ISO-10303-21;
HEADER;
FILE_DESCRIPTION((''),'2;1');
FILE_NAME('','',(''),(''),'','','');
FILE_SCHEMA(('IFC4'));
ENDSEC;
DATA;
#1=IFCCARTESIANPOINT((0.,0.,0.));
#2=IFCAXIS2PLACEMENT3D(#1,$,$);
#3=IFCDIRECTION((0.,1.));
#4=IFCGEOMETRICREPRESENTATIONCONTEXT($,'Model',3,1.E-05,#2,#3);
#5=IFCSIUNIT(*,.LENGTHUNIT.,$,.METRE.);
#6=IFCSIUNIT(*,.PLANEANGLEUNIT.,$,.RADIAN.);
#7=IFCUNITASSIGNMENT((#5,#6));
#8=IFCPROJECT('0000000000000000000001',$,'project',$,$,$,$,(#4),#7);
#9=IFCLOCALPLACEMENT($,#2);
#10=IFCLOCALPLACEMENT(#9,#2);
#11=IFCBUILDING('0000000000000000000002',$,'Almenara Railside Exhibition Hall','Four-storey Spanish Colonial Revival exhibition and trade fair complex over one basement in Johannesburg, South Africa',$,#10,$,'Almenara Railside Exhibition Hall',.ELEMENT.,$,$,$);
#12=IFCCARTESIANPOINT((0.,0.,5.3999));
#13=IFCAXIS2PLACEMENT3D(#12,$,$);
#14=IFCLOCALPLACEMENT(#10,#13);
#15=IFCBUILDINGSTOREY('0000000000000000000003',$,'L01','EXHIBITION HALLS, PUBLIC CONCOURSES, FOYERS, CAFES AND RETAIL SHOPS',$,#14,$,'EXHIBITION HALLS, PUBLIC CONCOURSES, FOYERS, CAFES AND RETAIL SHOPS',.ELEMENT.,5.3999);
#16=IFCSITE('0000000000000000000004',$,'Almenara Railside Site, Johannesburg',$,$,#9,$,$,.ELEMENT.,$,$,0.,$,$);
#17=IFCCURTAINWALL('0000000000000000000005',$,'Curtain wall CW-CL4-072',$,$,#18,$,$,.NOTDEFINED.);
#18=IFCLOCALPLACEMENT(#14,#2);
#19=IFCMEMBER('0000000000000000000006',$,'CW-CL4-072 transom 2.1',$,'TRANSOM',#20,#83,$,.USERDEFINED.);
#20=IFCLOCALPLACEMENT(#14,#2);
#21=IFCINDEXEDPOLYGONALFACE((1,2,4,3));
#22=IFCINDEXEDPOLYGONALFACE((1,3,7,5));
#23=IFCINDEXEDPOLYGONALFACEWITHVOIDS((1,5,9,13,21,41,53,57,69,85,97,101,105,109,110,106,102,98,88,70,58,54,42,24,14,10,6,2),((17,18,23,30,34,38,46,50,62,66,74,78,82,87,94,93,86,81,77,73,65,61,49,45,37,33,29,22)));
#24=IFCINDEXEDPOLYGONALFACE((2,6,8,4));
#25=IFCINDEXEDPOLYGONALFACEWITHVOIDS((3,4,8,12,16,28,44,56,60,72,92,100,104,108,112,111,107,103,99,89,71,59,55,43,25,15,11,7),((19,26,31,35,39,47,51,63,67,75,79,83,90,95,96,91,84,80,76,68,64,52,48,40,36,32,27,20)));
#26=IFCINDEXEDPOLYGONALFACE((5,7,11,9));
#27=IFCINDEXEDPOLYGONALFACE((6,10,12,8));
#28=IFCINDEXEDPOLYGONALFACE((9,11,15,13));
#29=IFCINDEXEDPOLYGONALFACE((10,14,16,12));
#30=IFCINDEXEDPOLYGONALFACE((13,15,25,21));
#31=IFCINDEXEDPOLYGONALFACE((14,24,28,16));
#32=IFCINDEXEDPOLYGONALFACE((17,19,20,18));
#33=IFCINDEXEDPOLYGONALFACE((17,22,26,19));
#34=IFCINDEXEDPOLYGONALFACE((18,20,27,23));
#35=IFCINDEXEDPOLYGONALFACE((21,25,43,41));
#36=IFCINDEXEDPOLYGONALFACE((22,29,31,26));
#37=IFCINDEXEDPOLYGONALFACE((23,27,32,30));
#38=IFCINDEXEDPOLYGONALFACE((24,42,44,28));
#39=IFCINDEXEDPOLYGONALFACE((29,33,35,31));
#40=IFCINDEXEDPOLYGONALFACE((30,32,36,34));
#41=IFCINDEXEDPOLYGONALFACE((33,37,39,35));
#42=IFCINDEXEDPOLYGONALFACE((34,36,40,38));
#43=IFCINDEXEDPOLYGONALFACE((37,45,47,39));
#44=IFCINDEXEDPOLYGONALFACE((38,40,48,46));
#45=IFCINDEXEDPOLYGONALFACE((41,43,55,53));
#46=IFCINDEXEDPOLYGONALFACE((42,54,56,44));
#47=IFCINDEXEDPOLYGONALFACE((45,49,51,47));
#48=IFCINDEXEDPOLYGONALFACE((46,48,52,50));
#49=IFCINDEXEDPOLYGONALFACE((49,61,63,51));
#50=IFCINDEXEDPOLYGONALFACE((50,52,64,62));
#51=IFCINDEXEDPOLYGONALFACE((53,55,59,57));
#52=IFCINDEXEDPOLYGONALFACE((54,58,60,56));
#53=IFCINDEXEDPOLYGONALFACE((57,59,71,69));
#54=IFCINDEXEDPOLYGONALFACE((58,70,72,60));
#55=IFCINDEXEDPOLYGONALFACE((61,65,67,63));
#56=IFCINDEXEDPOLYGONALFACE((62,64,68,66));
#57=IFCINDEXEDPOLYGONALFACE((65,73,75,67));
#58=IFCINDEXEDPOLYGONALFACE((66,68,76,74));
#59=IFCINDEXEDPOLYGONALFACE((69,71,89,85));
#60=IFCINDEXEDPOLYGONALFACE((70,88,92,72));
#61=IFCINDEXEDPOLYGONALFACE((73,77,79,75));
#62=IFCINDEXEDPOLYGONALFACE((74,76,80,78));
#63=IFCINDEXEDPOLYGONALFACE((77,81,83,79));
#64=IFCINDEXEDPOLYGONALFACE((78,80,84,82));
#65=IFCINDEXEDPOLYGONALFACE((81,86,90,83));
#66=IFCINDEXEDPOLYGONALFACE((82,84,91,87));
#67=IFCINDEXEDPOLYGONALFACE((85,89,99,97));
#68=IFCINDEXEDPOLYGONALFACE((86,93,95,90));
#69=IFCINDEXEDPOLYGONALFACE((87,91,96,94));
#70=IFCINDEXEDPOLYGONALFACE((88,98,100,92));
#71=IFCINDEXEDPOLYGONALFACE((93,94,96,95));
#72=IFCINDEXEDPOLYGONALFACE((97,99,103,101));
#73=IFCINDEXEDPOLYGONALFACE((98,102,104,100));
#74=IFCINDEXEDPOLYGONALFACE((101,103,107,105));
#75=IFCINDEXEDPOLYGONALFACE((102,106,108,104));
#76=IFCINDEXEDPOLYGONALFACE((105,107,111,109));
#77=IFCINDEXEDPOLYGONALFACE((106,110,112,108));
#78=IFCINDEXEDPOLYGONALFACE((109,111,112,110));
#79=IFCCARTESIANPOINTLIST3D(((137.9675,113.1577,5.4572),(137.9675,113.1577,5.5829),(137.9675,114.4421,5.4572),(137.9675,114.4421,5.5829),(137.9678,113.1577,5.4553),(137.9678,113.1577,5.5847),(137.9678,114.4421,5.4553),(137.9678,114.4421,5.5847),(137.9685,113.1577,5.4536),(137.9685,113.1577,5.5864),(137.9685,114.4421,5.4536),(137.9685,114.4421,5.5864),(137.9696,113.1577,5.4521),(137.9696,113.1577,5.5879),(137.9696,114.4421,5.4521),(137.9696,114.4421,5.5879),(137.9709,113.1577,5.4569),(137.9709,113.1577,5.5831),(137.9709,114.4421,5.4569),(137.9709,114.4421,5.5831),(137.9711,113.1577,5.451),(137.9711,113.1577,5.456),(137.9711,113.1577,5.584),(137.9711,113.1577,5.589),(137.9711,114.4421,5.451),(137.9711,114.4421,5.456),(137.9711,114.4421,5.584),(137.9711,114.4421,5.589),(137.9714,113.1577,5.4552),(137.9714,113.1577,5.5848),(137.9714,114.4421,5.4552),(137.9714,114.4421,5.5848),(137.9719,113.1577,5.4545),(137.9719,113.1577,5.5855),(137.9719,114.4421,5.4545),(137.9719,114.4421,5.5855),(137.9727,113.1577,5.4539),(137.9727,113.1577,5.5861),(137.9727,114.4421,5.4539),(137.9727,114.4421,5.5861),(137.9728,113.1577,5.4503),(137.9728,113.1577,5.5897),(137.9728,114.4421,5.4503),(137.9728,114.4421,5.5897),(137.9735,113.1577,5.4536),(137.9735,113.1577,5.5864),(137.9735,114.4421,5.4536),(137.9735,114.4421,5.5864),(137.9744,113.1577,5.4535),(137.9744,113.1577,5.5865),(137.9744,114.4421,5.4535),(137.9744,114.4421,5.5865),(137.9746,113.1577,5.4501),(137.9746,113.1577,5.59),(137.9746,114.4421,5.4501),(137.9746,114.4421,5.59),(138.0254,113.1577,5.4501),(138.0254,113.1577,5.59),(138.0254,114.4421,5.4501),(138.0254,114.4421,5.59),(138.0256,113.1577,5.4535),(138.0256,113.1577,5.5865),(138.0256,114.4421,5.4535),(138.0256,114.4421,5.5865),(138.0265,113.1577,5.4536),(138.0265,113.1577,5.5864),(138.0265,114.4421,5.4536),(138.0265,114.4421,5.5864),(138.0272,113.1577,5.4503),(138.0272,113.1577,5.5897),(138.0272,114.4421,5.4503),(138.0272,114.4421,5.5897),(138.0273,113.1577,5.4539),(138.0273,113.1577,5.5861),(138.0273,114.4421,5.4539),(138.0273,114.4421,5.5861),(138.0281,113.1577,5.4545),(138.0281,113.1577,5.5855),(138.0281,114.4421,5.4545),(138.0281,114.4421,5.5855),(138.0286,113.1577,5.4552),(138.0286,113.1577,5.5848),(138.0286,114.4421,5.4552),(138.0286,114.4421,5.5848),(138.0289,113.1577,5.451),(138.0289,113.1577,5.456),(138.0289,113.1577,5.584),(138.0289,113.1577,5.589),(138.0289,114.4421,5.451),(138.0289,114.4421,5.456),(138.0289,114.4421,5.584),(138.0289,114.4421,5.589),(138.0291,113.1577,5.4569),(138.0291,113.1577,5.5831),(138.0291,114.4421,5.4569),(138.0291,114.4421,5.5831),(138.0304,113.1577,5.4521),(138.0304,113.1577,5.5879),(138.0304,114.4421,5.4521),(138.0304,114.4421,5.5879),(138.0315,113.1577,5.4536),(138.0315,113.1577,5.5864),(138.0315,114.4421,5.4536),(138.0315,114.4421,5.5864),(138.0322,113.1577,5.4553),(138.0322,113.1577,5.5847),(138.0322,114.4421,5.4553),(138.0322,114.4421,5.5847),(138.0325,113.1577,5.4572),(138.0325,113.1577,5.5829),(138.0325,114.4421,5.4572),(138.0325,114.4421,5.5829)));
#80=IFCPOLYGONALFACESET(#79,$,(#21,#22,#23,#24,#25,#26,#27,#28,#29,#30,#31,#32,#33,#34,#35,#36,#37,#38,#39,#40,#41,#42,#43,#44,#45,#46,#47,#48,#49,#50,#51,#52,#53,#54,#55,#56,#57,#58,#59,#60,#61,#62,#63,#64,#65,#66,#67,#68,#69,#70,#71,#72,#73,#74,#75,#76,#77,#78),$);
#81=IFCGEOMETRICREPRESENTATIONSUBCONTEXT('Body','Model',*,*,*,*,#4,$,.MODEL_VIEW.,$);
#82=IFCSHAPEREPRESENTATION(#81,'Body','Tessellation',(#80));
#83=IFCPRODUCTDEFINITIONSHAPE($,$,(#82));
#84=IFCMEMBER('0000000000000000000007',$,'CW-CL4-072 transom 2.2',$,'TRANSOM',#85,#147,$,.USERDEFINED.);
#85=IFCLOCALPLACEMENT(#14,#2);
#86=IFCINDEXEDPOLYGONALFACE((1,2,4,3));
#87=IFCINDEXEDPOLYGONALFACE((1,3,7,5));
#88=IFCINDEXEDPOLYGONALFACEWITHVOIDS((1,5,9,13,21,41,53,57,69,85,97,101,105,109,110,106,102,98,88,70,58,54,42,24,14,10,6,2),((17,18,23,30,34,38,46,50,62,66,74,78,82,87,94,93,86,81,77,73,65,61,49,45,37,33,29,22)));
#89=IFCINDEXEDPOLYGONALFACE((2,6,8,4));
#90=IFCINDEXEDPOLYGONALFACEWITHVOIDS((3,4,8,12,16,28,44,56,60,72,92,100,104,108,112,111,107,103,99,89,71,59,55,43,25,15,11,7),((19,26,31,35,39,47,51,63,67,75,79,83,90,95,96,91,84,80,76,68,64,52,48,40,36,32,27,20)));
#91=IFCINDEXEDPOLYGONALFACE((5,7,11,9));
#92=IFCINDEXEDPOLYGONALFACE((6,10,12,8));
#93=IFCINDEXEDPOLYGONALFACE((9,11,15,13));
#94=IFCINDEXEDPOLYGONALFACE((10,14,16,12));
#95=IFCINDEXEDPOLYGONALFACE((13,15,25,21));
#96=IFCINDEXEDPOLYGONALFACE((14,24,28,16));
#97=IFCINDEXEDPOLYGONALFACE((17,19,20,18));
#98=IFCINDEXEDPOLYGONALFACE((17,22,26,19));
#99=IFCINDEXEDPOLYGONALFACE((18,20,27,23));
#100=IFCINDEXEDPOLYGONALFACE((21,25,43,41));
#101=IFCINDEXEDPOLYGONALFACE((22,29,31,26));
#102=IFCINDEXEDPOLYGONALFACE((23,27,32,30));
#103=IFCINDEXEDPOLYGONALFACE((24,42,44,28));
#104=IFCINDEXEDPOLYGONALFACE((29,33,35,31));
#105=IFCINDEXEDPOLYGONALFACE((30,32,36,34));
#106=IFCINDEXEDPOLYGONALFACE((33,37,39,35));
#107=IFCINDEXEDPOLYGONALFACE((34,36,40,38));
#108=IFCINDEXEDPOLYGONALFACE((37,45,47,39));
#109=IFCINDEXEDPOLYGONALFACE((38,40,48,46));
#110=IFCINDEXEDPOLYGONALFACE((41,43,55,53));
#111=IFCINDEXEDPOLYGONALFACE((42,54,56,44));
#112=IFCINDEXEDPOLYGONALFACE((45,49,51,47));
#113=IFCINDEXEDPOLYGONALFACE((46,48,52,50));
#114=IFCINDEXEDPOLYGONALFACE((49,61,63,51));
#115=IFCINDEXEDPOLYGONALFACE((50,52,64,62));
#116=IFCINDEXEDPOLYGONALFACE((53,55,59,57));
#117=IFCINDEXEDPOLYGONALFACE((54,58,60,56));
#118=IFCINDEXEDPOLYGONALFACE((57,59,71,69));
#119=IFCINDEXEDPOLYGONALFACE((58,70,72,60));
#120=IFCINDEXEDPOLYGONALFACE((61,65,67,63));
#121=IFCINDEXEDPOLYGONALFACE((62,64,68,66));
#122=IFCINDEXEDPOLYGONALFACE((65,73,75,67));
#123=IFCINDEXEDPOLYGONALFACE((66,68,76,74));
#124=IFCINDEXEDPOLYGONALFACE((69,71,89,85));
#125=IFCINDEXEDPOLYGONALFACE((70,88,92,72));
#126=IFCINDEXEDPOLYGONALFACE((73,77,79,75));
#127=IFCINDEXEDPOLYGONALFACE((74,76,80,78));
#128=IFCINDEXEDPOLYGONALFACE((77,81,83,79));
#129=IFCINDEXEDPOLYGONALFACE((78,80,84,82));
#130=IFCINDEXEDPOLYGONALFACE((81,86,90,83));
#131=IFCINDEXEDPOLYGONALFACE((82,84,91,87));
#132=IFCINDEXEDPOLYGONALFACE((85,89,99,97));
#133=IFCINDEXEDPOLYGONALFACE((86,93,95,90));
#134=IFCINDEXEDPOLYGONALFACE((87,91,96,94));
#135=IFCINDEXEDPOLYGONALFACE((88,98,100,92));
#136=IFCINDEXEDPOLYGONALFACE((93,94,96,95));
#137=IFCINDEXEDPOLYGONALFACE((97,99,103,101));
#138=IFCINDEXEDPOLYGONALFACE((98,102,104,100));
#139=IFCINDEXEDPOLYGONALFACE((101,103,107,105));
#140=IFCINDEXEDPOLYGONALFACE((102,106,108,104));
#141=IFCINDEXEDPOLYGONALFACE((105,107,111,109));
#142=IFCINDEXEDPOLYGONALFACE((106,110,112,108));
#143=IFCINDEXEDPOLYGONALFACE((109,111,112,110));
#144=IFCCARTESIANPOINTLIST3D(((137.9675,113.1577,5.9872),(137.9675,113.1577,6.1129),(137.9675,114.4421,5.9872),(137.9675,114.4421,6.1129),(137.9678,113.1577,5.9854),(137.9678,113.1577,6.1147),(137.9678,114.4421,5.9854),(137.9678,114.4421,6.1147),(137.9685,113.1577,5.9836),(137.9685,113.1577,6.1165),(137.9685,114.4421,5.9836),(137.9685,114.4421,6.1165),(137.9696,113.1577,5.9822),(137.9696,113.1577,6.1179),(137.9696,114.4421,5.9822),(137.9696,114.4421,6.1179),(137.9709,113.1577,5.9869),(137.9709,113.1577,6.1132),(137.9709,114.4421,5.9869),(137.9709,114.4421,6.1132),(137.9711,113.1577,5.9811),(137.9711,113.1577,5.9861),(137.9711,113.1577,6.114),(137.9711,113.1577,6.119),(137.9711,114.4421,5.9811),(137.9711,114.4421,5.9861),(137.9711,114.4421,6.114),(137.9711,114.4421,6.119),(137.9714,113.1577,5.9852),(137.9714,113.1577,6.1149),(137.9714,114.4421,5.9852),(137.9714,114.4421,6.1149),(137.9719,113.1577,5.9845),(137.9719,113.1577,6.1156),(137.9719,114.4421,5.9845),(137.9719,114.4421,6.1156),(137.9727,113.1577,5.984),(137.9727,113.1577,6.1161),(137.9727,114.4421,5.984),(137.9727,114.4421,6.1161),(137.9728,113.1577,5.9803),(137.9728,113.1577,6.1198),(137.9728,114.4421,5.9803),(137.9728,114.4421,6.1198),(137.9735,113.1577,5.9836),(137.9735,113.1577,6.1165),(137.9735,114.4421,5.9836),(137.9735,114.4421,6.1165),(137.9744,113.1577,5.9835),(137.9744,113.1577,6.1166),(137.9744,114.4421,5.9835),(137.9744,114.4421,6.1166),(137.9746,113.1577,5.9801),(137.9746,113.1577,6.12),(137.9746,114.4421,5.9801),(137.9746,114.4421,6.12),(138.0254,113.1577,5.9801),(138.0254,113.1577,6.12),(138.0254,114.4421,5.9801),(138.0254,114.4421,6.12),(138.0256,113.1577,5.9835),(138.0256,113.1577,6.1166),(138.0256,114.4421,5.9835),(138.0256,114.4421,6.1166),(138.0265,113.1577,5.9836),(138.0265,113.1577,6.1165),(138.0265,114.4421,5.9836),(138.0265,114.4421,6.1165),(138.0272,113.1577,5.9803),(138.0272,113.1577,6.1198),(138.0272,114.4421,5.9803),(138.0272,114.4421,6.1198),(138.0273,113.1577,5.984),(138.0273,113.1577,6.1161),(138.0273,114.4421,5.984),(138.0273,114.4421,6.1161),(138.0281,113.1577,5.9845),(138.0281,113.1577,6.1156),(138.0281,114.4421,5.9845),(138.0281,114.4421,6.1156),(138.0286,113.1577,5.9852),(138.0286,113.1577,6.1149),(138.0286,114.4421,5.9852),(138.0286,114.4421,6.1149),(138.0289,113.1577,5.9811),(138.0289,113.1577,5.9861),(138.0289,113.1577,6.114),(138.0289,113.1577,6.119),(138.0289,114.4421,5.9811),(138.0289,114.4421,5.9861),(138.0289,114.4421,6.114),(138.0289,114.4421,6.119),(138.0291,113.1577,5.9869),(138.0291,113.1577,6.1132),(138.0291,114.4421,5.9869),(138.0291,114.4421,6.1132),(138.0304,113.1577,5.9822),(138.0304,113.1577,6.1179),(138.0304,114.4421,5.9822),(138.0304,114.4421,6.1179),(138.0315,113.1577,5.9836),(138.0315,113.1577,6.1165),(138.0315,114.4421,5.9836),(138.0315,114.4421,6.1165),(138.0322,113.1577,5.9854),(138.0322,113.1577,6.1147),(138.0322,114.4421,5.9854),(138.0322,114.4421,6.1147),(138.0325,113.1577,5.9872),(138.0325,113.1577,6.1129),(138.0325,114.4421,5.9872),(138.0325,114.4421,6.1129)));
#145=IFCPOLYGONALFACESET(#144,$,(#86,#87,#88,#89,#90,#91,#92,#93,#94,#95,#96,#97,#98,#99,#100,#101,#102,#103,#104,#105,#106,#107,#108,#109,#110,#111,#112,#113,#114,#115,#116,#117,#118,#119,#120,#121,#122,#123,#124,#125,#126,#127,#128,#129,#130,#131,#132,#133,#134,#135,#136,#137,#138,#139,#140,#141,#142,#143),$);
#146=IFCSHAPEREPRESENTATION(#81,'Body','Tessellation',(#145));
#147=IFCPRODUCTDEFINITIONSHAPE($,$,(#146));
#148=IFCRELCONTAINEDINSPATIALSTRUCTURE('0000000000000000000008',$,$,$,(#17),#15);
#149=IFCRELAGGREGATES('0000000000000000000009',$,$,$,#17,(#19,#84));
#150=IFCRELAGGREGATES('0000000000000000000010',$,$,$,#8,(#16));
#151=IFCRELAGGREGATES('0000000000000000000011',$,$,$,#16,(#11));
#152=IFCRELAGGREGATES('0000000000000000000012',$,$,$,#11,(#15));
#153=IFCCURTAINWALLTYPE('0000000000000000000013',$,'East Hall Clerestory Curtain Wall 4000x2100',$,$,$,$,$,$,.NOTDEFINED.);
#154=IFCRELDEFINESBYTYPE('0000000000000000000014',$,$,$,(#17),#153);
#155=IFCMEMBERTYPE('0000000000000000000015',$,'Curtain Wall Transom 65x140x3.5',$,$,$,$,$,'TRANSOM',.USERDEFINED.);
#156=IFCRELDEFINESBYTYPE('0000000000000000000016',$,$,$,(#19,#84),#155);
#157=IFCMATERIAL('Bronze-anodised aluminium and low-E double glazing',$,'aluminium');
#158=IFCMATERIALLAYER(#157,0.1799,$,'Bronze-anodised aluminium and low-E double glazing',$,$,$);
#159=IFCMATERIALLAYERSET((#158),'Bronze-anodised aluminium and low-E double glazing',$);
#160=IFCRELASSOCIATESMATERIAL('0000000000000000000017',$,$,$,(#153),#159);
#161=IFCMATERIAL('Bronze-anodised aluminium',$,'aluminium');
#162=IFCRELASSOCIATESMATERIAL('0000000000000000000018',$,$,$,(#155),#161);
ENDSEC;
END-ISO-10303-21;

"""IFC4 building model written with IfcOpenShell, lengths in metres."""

from ifc_helpers import new_model, si_unit, direction, frame, origin, origin_2d, place, context, subcontext, project, spatial, hollow_rectangle, extrude, material, layer, layer_set, material_profile, profile_set, type_object, element, aggregate, save


model = new_model("IFC4")

# Units and contexts
model_context = context("Model", 3, precision=1e-05, world=origin(), true_north=direction((0.0, 1.0)))
body_context = subcontext(model_context, "Body", "Model", "MODEL_VIEW")
ifc_project = project(units=[si_unit("LENGTHUNIT", "METRE"), si_unit("PLANEANGLEUNIT", "RADIAN")], contexts=[model_context])

# Site, building, storey
site_placement = place(None, origin())
site = spatial("IfcSite", under=ifc_project, at=site_placement, Name="Almenara Railside Site, Johannesburg", CompositionType="ELEMENT", RefElevation=0.0)
building_placement = place(site_placement, origin())
building = spatial("IfcBuilding", under=site, at=building_placement, Name="Almenara Railside Exhibition Hall", Description="Four-storey Spanish Colonial Revival exhibition and trade fair complex over one basement in Johannesburg, South Africa", LongName="Almenara Railside Exhibition Hall", CompositionType="ELEMENT")
storey_placement = place(building_placement, frame((0.0, 0.0, 5.3999)))
storey = spatial("IfcBuildingStorey", under=building, at=storey_placement, Name="L01", Description="EXHIBITION HALLS, PUBLIC CONCOURSES, FOYERS, CAFES AND RETAIL SHOPS", LongName="EXHIBITION HALLS, PUBLIC CONCOURSES, FOYERS, CAFES AND RETAIL SHOPS", CompositionType="ELEMENT", Elevation=5.3999)

# Curtain wall
ifc_material_1 = material(Name="Bronze-anodised aluminium and low-E double glazing", Category="aluminium")
ifc_layer_1 = layer(ifc_material_1, 0.1799, Name="Bronze-anodised aluminium and low-E double glazing")
ifc_layer_set_1 = layer_set([ifc_layer_1], Name="Bronze-anodised aluminium and low-E double glazing")
curtain_wall_type = type_object("IfcCurtainWallType", Name="East Hall Clerestory Curtain Wall 4000x2100", PredefinedType="NOTDEFINED", material=ifc_layer_set_1)
curtain_wall_1_placement = place(storey_placement, origin())
curtain_wall_1 = element("IfcCurtainWall", 1, at=curtain_wall_1_placement, inside=storey, type_object=curtain_wall_type, Name="Curtain wall CW-CL4-072", PredefinedType="NOTDEFINED")
ifc_material_2 = material(Name="Bronze-anodised aluminium", Category="aluminium")

# Members
ifc_material_profile_1 = material_profile(ifc_material_2, hollow_rectangle(XDim=0.0649, YDim=0.1399, WallThickness=0.0034, InnerFilletRadius=0.0034, OuterFilletRadius=0.0071, at=origin_2d()), Name="ALU-TRN 65x140x3.5")
ifc_profile_set_1 = profile_set([ifc_material_profile_1], Name="Bronze-anodised aluminium")
member_type_1 = type_object("IfcMemberType", Name="Curtain Wall Transom 65x140x3.5", ElementType="TRANSOM", PredefinedType="USERDEFINED", material=ifc_profile_set_1)
member_1_placement = place(storey_placement, frame((138.0, 113.1577, 5.52), z_axis=(0.0, 1.0, 0.0), x_axis=(-1.0, 0.0, 0.0)))
member_1 = element("IfcMember", 2, at=member_1_placement, type_object=member_type_1, Name="CW-CL4-072 transom 2.1", ObjectType="TRANSOM", PredefinedType="USERDEFINED", context=body_context, shape_type="SweptSolid", body=[
    extrude(hollow_rectangle(XDim=0.0649, YDim=0.1399, WallThickness=0.0034, InnerFilletRadius=0.0034, OuterFilletRadius=0.0071, at=origin_2d()), origin(), (0.0, 0.0, 1.0), 1.2844),
])
member_2_placement = place(storey_placement, frame((138.0, 113.1577, 6.05), z_axis=(0.0, 1.0, 0.0), x_axis=(-1.0, 0.0, 0.0)))
member_2 = element("IfcMember", 3, at=member_2_placement, type_object=member_type_1, Name="CW-CL4-072 transom 2.2", ObjectType="TRANSOM", PredefinedType="USERDEFINED", context=body_context, shape_type="SweptSolid", body=[
    extrude(hollow_rectangle(XDim=0.0649, YDim=0.1399, WallThickness=0.0034, InnerFilletRadius=0.0034, OuterFilletRadius=0.0071, at=origin_2d()), origin(), (0.0, 0.0, 1.0), 1.2844),
])

aggregate(curtain_wall_1, [member_1, member_2])

save(model, "model.ifc")
